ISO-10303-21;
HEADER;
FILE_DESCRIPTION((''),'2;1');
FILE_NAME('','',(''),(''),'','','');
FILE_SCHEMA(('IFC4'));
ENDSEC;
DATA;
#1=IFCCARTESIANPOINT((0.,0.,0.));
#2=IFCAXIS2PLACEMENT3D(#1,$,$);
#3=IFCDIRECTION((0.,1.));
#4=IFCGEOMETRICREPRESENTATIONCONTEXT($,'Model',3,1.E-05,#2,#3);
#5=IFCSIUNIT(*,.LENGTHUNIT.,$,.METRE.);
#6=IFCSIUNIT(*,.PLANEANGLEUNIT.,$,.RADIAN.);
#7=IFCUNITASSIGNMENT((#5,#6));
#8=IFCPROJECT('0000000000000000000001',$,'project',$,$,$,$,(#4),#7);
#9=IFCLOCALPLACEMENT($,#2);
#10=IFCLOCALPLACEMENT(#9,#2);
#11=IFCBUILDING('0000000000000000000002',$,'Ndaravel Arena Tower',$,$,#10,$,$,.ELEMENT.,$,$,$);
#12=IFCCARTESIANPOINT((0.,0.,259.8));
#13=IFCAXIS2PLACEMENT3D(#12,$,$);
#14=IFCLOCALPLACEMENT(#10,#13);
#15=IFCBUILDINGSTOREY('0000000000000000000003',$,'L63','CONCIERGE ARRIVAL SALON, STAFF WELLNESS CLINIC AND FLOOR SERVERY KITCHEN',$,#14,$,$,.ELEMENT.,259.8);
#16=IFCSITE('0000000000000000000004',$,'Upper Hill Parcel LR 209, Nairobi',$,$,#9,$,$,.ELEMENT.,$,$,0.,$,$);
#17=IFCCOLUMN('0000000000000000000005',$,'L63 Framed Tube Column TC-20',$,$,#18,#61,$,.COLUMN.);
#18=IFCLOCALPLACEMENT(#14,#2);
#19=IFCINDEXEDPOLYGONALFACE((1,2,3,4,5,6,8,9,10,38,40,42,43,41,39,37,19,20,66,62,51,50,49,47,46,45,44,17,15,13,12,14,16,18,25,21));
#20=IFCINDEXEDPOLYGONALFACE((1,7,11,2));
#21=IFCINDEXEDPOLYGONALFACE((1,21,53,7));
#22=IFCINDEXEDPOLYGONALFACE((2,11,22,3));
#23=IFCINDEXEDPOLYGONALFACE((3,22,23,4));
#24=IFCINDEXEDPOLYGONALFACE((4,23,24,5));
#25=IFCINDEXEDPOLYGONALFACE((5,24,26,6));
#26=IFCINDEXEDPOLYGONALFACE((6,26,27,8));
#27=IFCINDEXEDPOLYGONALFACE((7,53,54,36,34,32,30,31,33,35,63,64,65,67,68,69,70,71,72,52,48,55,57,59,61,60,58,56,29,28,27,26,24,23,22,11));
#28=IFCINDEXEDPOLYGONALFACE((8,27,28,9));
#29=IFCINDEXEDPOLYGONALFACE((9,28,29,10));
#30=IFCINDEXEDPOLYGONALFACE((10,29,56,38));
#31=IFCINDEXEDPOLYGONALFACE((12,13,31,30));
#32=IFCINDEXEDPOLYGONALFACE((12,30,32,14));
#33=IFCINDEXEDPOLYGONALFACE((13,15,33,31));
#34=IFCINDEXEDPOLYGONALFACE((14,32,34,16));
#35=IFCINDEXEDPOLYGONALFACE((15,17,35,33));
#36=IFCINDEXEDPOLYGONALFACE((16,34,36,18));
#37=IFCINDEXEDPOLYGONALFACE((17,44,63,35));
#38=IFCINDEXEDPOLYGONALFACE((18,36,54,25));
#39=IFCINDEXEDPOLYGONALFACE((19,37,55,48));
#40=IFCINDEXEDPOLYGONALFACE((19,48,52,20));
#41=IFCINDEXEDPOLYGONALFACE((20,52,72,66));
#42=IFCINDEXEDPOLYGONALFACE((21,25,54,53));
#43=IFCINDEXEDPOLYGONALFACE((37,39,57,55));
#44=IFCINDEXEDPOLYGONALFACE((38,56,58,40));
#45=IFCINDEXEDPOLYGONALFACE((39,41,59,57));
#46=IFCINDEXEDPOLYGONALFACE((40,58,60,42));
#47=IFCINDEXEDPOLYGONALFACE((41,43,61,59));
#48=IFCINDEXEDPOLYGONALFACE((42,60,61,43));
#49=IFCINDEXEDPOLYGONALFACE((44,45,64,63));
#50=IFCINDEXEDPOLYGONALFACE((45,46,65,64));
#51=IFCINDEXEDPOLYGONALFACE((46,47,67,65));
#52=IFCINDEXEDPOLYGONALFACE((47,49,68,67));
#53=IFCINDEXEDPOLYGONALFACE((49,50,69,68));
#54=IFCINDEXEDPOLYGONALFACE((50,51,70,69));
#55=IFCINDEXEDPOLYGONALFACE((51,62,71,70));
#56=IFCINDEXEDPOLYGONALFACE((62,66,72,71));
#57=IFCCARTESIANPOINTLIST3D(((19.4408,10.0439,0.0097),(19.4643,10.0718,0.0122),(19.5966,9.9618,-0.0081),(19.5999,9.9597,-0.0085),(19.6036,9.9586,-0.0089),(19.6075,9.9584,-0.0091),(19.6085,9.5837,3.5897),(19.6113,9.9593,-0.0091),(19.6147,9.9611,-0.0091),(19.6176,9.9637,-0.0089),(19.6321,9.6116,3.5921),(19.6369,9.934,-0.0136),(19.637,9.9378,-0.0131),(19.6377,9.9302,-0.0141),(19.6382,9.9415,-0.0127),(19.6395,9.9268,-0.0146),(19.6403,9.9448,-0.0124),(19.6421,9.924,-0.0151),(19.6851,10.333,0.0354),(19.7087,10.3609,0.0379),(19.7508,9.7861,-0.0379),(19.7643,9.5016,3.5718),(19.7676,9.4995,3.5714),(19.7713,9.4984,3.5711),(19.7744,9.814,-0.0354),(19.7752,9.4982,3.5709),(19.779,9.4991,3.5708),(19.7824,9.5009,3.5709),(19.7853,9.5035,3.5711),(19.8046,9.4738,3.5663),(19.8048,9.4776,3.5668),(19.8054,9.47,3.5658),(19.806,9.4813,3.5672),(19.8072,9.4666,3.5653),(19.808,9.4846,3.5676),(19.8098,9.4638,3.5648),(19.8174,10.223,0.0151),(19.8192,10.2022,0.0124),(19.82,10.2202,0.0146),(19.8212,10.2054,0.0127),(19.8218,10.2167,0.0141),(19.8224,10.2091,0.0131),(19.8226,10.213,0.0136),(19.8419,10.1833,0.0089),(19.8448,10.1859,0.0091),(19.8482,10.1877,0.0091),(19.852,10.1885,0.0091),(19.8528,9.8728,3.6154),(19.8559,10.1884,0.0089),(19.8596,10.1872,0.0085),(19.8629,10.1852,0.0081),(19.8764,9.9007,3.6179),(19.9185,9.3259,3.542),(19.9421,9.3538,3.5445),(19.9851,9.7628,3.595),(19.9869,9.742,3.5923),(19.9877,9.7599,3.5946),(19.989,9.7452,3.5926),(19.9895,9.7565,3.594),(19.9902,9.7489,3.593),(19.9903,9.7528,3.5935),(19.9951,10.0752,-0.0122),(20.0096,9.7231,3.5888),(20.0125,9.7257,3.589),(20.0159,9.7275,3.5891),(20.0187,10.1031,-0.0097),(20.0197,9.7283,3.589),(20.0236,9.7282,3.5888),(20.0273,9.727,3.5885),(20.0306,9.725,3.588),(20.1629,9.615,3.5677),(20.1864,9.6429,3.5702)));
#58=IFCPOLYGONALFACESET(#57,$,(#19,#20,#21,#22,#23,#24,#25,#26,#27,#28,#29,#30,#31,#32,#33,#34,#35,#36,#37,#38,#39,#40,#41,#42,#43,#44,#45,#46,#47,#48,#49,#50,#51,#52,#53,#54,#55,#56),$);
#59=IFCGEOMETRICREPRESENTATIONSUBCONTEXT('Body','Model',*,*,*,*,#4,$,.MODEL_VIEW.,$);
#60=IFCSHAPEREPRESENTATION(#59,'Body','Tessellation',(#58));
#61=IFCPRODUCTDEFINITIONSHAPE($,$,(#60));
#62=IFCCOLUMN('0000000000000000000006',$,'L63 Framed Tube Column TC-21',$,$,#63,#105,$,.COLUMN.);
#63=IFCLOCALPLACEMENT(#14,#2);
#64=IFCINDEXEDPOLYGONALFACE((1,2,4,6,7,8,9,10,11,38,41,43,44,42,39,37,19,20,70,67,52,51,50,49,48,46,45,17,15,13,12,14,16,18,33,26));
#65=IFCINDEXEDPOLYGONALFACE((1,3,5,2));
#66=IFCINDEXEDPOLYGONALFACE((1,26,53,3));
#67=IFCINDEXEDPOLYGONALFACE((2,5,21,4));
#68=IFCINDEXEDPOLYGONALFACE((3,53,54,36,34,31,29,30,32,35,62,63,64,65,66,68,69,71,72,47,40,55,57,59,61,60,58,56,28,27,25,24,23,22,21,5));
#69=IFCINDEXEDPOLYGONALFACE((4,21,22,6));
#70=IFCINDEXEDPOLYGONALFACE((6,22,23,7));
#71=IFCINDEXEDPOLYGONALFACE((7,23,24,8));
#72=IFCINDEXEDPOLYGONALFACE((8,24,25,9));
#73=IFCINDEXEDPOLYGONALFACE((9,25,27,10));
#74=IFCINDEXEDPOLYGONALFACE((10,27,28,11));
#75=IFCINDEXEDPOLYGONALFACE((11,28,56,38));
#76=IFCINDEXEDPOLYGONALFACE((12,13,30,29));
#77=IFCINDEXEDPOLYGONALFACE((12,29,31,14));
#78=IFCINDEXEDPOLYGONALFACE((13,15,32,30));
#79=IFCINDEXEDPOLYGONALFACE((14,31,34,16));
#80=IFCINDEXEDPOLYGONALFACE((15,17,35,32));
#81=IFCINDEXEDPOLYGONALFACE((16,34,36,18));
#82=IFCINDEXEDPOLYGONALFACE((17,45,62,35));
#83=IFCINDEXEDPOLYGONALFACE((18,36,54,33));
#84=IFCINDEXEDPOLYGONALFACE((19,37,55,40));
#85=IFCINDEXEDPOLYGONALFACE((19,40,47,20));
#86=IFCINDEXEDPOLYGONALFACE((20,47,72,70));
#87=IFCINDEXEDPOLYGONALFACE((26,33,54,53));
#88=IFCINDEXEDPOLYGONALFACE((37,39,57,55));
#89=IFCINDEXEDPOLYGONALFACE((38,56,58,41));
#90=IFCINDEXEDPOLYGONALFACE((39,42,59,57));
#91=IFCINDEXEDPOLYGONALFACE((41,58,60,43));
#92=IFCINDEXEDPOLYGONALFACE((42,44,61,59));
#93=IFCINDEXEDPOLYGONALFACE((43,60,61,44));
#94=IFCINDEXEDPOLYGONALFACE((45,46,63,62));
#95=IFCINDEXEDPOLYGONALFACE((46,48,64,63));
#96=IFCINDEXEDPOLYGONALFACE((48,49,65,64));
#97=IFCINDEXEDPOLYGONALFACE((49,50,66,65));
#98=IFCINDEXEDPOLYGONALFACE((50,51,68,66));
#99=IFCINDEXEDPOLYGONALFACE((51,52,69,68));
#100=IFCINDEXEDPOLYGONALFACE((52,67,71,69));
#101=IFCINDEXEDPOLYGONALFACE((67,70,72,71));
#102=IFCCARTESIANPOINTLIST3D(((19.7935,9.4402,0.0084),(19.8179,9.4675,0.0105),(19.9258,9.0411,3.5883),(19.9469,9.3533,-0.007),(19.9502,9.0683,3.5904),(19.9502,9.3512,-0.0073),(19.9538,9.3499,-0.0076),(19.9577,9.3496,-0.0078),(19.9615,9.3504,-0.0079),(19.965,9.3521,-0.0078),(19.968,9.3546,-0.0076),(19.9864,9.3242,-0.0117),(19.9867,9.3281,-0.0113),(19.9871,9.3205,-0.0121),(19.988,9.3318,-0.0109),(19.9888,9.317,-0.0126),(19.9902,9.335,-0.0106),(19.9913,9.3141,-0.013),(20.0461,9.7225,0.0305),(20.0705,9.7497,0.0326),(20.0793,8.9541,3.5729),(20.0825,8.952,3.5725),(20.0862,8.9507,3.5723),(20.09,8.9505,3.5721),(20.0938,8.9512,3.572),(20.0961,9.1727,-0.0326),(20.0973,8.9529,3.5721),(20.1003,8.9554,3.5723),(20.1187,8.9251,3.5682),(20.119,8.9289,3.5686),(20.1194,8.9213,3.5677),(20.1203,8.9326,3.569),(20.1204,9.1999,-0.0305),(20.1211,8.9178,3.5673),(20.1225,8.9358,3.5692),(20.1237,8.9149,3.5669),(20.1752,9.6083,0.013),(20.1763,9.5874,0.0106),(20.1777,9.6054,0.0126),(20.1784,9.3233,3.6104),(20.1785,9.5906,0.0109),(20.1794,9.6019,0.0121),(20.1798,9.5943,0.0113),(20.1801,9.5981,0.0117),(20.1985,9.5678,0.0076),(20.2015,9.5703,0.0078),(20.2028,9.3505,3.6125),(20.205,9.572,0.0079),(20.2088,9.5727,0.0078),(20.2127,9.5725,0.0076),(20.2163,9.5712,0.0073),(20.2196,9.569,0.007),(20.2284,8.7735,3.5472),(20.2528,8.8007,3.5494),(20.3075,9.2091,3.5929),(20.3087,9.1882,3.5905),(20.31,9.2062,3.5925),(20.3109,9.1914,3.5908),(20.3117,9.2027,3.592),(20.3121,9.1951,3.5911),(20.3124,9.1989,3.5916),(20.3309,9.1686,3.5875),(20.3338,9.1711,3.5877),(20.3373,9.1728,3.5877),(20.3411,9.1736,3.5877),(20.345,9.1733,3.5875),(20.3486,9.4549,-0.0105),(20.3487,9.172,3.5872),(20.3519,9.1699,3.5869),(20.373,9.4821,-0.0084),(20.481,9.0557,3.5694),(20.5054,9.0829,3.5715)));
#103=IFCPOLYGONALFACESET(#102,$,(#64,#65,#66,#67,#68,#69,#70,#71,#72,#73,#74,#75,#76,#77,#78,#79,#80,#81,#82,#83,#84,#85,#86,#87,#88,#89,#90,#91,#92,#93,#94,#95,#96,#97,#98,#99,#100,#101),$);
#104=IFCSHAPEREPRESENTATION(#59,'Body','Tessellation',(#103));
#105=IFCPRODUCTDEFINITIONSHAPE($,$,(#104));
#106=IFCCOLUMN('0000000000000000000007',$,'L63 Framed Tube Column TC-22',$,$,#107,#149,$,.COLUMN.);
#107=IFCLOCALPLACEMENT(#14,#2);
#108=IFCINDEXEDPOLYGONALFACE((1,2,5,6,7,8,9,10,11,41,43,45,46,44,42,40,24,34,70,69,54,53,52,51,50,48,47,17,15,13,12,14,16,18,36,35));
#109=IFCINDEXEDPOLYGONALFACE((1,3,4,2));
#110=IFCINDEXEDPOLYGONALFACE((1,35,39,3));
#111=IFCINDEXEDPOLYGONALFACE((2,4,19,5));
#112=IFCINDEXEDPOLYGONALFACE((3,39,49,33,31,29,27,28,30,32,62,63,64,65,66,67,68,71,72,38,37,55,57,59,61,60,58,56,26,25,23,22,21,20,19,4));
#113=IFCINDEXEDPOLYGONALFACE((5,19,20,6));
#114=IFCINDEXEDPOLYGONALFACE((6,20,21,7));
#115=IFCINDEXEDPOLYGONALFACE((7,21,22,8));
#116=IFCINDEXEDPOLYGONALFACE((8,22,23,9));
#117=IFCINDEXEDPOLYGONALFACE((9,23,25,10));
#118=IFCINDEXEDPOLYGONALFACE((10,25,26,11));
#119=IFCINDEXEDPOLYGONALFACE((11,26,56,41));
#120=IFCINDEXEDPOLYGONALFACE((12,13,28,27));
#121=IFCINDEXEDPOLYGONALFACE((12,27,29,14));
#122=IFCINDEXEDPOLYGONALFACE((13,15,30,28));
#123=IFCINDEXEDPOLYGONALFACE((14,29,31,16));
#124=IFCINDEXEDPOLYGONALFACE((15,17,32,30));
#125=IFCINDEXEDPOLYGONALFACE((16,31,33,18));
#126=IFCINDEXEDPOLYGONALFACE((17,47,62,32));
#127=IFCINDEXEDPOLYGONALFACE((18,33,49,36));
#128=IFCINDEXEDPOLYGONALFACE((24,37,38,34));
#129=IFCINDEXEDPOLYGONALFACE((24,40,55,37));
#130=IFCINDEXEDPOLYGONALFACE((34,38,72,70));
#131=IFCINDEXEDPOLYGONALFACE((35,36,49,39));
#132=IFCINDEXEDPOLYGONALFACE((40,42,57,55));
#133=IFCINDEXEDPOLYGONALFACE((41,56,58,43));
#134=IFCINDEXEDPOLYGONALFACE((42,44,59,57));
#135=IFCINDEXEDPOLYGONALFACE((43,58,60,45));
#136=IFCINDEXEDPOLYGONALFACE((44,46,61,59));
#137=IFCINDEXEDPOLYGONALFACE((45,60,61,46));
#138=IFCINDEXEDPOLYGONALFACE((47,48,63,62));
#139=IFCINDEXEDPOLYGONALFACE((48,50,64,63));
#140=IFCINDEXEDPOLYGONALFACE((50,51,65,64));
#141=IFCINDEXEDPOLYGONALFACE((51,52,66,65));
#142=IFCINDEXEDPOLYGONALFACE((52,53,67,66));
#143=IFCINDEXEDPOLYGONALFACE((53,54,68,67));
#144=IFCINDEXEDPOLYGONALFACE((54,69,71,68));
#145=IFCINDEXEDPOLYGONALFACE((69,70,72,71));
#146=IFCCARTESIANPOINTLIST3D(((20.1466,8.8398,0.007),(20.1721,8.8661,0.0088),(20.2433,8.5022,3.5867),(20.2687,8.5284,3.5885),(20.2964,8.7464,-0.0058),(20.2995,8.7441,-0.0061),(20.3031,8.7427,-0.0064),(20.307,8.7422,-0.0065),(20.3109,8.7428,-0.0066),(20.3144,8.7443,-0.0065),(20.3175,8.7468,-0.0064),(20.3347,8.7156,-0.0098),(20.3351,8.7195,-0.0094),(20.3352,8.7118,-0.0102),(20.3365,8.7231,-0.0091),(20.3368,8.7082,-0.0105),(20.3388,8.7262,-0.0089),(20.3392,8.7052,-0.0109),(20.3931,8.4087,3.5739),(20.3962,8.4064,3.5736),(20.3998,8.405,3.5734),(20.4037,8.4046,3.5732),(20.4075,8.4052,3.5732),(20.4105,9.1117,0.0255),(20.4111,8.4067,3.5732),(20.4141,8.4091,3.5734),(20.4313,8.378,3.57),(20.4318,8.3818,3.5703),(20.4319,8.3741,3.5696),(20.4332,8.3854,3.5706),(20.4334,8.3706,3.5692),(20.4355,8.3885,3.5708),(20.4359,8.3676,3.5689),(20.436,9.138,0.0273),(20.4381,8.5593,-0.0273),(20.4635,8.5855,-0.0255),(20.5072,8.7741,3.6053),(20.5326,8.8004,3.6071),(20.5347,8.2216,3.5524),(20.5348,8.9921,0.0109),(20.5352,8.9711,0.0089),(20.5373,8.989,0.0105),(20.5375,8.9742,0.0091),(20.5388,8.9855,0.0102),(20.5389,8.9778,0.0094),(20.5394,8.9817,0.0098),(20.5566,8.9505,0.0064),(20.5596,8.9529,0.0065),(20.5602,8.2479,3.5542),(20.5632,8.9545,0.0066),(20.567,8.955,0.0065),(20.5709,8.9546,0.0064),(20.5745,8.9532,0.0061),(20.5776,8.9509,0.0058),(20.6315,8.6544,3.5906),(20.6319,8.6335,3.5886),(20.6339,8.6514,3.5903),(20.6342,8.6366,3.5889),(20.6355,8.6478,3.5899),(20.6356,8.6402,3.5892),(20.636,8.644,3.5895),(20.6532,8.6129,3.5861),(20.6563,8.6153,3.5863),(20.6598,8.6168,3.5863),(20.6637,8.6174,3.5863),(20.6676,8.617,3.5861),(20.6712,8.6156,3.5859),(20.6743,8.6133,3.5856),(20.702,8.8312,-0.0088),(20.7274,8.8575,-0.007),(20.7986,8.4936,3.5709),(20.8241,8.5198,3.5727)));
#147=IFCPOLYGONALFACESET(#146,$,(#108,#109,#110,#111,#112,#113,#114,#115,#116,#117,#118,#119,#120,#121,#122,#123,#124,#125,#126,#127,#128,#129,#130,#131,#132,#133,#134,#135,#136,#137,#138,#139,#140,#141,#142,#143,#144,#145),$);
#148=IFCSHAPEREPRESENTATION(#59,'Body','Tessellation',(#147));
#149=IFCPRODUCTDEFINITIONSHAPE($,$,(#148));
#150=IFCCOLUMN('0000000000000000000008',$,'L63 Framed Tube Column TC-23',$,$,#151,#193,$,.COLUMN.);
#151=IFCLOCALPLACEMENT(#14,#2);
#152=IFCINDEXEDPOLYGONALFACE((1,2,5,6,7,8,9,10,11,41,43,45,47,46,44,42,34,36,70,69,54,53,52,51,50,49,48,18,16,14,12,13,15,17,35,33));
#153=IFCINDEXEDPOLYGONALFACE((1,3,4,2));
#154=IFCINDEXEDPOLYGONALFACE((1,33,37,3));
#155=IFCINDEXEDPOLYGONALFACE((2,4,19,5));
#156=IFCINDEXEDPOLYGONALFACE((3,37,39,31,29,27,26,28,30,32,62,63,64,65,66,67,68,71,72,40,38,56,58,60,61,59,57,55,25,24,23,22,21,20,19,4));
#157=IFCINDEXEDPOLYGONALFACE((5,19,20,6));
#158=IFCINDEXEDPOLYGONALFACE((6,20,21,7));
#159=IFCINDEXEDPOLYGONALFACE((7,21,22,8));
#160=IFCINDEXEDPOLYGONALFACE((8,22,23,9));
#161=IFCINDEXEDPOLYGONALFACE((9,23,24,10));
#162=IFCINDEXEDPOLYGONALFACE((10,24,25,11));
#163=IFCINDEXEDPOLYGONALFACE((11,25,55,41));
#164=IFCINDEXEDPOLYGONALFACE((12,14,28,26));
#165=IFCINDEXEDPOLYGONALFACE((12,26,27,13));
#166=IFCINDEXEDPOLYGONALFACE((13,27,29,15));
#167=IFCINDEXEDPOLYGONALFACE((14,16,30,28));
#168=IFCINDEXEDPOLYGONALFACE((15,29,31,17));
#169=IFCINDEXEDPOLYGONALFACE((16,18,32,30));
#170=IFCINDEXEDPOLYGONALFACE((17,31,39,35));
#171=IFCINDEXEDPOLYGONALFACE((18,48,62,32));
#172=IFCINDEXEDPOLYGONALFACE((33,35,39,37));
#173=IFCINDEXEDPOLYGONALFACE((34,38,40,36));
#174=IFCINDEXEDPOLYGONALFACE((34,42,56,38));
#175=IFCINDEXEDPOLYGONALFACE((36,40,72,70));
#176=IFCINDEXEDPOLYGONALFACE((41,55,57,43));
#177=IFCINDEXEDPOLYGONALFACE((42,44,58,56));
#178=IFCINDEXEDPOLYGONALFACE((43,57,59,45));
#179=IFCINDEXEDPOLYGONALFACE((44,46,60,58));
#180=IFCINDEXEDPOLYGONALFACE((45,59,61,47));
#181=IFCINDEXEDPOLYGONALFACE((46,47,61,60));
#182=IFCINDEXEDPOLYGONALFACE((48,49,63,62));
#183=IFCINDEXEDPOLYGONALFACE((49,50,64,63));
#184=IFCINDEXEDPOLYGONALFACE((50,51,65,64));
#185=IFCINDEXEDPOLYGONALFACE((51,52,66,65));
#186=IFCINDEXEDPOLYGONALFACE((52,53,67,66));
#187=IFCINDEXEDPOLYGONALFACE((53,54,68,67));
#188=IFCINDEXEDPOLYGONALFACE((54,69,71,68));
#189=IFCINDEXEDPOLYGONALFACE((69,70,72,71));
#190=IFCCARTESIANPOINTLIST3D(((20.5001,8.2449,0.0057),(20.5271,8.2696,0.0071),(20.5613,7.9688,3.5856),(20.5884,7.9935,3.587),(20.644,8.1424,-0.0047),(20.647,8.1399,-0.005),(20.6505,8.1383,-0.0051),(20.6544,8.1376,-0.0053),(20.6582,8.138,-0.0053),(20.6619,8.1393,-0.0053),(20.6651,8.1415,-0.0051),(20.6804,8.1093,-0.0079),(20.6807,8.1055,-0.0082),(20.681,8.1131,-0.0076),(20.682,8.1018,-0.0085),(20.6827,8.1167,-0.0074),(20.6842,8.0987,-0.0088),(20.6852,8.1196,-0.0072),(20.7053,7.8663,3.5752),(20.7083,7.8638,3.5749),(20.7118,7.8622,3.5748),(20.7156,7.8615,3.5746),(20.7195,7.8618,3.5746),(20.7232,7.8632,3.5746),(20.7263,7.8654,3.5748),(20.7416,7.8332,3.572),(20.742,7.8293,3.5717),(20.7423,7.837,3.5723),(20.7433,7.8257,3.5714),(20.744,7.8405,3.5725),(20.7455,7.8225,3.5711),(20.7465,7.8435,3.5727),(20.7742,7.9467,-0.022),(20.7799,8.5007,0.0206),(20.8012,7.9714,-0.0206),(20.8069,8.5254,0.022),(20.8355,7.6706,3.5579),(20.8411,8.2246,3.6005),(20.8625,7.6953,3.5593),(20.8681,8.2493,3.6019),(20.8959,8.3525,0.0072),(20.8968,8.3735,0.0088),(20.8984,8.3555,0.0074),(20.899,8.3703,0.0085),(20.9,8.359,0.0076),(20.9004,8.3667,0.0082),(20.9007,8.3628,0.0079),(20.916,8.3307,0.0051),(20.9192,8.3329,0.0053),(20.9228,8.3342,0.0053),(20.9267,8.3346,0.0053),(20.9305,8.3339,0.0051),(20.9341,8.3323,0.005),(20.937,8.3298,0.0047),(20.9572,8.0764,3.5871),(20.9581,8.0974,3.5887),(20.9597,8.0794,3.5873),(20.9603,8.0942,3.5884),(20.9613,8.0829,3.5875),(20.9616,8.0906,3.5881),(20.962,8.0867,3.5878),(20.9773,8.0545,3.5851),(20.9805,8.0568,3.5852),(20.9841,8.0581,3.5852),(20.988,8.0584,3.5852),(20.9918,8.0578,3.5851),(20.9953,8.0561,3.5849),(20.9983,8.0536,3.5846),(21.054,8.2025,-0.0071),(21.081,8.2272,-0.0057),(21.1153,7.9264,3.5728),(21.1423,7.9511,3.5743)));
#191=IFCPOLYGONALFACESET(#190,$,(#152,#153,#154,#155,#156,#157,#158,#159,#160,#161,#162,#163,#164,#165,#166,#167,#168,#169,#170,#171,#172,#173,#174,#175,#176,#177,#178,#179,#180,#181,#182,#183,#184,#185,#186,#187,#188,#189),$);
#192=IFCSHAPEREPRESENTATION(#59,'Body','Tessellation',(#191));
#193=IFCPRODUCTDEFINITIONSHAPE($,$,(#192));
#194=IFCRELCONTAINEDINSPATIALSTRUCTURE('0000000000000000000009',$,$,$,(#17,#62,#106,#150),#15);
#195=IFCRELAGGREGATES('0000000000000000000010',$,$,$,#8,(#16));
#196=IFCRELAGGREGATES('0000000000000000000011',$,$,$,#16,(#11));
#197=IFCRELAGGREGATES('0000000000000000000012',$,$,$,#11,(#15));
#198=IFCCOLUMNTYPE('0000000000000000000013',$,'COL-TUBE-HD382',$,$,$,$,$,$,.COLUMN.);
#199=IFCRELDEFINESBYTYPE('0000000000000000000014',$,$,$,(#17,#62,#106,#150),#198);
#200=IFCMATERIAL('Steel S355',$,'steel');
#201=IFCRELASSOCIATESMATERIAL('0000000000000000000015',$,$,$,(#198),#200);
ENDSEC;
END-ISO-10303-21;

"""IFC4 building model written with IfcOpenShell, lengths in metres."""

from ifc_helpers import new_model, si_unit, direction, frame, origin, origin_2d, place, context, subcontext, project, spatial, i_section, extrude, material, material_profile, profile_set, type_object, element, save


model = new_model("IFC4")

# Units and contexts
model_context = context("Model", 3, precision=1e-05, world=origin(), true_north=direction((0.0, 1.0)))
body_context = subcontext(model_context, "Body", "Model", "MODEL_VIEW")
ifc_project = project(units=[si_unit("LENGTHUNIT", "METRE"), si_unit("PLANEANGLEUNIT", "RADIAN")], contexts=[model_context])

# Site, building, storey
site_placement = place(None, origin())
site = spatial("IfcSite", under=ifc_project, at=site_placement, Name="Upper Hill Parcel LR 209, Nairobi", CompositionType="ELEMENT", RefElevation=0.0)
building_placement = place(site_placement, origin())
building = spatial("IfcBuilding", under=site, at=building_placement, Name="Ndaravel Arena Tower", CompositionType="ELEMENT")
storey_placement = place(building_placement, frame((0.0, 0.0, 259.8)))
storey = spatial("IfcBuildingStorey", under=building, at=storey_placement, Name="L63", Description="CONCIERGE ARRIVAL SALON, STAFF WELLNESS CLINIC AND FLOOR SERVERY KITCHEN", CompositionType="ELEMENT", Elevation=259.8)

# Columns
ifc_material_1 = material(Name="Steel S355", Category="steel")
ifc_material_profile_1 = material_profile(ifc_material_1, i_section(OverallWidth=0.406, OverallDepth=0.416, WebThickness=0.0298, FlangeThickness=0.0366, FilletRadius=0.0149, at=origin_2d()), Name="HD 400x382")
ifc_profile_set_1 = profile_set([ifc_material_profile_1], Name="Steel S355")
column_type = type_object("IfcColumnType", Name="COL-TUBE-HD382", PredefinedType="COLUMN", material=ifc_profile_set_1)
column_1_placement = place(storey_placement, frame((19.7297, 10.0735, 0.0), z_axis=(0.04642, -0.127368, 0.990769), x_axis=(-0.763583, 0.634948, 0.117401)))
element("IfcColumn", 1, at=column_1_placement, inside=storey, type_object=column_type, Name="L63 Framed Tube Column TC-20", PredefinedType="COLUMN", context=body_context, shape_type="SweptSolid", body=[
    extrude(i_section(OverallWidth=0.406, OverallDepth=0.416, WebThickness=0.0298, FlangeThickness=0.0366, FilletRadius=0.0149, at=origin_2d()), origin(), (0.0, 0.0, 1.0), 3.6133),
])
column_2_placement = place(storey_placement, frame((20.0833, 9.4612, 0.0), z_axis=(0.036711, -0.110744, 0.993171), x_axis=(-0.745245, 0.659091, 0.101039)))
element("IfcColumn", 2, at=column_2_placement, inside=storey, type_object=column_type, Name="L63 Framed Tube Column TC-21", PredefinedType="COLUMN", context=body_context, shape_type="SweptSolid", body=[
    extrude(i_section(OverallWidth=0.406, OverallDepth=0.416, WebThickness=0.0298, FlangeThickness=0.0366, FilletRadius=0.0149, at=origin_2d()), origin(), (0.0, 0.0, 1.0), 3.6045),
])
column_3_placement = place(storey_placement, frame((20.437, 8.8486, 0.0), z_axis=(0.026878, -0.093868, 0.995222), x_axis=(-0.717937, 0.690954, 0.084559)))
element("IfcColumn", 3, at=column_3_placement, inside=storey, type_object=column_type, Name="L63 Framed Tube Column TC-22", PredefinedType="COLUMN", context=body_context, shape_type="SweptSolid", body=[
    extrude(i_section(OverallWidth=0.406, OverallDepth=0.416, WebThickness=0.0298, FlangeThickness=0.0366, FilletRadius=0.0149, at=origin_2d()), origin(), (0.0, 0.0, 1.0), 3.5969),
])
column_4_placement = place(storey_placement, frame((20.7905, 8.2361, 0.0), z_axis=(0.017065, -0.076893, 0.996893), x_axis=(-0.675171, 0.734501, 0.068212)))
element("IfcColumn", 4, at=column_4_placement, inside=storey, type_object=column_type, Name="L63 Framed Tube Column TC-23", PredefinedType="COLUMN", context=body_context, shape_type="SweptSolid", body=[
    extrude(i_section(OverallWidth=0.406, OverallDepth=0.416, WebThickness=0.0298, FlangeThickness=0.0366, FilletRadius=0.0149, at=origin_2d()), origin(), (0.0, 0.0, 1.0), 3.5911),
])

save(model, "model.ifc")
